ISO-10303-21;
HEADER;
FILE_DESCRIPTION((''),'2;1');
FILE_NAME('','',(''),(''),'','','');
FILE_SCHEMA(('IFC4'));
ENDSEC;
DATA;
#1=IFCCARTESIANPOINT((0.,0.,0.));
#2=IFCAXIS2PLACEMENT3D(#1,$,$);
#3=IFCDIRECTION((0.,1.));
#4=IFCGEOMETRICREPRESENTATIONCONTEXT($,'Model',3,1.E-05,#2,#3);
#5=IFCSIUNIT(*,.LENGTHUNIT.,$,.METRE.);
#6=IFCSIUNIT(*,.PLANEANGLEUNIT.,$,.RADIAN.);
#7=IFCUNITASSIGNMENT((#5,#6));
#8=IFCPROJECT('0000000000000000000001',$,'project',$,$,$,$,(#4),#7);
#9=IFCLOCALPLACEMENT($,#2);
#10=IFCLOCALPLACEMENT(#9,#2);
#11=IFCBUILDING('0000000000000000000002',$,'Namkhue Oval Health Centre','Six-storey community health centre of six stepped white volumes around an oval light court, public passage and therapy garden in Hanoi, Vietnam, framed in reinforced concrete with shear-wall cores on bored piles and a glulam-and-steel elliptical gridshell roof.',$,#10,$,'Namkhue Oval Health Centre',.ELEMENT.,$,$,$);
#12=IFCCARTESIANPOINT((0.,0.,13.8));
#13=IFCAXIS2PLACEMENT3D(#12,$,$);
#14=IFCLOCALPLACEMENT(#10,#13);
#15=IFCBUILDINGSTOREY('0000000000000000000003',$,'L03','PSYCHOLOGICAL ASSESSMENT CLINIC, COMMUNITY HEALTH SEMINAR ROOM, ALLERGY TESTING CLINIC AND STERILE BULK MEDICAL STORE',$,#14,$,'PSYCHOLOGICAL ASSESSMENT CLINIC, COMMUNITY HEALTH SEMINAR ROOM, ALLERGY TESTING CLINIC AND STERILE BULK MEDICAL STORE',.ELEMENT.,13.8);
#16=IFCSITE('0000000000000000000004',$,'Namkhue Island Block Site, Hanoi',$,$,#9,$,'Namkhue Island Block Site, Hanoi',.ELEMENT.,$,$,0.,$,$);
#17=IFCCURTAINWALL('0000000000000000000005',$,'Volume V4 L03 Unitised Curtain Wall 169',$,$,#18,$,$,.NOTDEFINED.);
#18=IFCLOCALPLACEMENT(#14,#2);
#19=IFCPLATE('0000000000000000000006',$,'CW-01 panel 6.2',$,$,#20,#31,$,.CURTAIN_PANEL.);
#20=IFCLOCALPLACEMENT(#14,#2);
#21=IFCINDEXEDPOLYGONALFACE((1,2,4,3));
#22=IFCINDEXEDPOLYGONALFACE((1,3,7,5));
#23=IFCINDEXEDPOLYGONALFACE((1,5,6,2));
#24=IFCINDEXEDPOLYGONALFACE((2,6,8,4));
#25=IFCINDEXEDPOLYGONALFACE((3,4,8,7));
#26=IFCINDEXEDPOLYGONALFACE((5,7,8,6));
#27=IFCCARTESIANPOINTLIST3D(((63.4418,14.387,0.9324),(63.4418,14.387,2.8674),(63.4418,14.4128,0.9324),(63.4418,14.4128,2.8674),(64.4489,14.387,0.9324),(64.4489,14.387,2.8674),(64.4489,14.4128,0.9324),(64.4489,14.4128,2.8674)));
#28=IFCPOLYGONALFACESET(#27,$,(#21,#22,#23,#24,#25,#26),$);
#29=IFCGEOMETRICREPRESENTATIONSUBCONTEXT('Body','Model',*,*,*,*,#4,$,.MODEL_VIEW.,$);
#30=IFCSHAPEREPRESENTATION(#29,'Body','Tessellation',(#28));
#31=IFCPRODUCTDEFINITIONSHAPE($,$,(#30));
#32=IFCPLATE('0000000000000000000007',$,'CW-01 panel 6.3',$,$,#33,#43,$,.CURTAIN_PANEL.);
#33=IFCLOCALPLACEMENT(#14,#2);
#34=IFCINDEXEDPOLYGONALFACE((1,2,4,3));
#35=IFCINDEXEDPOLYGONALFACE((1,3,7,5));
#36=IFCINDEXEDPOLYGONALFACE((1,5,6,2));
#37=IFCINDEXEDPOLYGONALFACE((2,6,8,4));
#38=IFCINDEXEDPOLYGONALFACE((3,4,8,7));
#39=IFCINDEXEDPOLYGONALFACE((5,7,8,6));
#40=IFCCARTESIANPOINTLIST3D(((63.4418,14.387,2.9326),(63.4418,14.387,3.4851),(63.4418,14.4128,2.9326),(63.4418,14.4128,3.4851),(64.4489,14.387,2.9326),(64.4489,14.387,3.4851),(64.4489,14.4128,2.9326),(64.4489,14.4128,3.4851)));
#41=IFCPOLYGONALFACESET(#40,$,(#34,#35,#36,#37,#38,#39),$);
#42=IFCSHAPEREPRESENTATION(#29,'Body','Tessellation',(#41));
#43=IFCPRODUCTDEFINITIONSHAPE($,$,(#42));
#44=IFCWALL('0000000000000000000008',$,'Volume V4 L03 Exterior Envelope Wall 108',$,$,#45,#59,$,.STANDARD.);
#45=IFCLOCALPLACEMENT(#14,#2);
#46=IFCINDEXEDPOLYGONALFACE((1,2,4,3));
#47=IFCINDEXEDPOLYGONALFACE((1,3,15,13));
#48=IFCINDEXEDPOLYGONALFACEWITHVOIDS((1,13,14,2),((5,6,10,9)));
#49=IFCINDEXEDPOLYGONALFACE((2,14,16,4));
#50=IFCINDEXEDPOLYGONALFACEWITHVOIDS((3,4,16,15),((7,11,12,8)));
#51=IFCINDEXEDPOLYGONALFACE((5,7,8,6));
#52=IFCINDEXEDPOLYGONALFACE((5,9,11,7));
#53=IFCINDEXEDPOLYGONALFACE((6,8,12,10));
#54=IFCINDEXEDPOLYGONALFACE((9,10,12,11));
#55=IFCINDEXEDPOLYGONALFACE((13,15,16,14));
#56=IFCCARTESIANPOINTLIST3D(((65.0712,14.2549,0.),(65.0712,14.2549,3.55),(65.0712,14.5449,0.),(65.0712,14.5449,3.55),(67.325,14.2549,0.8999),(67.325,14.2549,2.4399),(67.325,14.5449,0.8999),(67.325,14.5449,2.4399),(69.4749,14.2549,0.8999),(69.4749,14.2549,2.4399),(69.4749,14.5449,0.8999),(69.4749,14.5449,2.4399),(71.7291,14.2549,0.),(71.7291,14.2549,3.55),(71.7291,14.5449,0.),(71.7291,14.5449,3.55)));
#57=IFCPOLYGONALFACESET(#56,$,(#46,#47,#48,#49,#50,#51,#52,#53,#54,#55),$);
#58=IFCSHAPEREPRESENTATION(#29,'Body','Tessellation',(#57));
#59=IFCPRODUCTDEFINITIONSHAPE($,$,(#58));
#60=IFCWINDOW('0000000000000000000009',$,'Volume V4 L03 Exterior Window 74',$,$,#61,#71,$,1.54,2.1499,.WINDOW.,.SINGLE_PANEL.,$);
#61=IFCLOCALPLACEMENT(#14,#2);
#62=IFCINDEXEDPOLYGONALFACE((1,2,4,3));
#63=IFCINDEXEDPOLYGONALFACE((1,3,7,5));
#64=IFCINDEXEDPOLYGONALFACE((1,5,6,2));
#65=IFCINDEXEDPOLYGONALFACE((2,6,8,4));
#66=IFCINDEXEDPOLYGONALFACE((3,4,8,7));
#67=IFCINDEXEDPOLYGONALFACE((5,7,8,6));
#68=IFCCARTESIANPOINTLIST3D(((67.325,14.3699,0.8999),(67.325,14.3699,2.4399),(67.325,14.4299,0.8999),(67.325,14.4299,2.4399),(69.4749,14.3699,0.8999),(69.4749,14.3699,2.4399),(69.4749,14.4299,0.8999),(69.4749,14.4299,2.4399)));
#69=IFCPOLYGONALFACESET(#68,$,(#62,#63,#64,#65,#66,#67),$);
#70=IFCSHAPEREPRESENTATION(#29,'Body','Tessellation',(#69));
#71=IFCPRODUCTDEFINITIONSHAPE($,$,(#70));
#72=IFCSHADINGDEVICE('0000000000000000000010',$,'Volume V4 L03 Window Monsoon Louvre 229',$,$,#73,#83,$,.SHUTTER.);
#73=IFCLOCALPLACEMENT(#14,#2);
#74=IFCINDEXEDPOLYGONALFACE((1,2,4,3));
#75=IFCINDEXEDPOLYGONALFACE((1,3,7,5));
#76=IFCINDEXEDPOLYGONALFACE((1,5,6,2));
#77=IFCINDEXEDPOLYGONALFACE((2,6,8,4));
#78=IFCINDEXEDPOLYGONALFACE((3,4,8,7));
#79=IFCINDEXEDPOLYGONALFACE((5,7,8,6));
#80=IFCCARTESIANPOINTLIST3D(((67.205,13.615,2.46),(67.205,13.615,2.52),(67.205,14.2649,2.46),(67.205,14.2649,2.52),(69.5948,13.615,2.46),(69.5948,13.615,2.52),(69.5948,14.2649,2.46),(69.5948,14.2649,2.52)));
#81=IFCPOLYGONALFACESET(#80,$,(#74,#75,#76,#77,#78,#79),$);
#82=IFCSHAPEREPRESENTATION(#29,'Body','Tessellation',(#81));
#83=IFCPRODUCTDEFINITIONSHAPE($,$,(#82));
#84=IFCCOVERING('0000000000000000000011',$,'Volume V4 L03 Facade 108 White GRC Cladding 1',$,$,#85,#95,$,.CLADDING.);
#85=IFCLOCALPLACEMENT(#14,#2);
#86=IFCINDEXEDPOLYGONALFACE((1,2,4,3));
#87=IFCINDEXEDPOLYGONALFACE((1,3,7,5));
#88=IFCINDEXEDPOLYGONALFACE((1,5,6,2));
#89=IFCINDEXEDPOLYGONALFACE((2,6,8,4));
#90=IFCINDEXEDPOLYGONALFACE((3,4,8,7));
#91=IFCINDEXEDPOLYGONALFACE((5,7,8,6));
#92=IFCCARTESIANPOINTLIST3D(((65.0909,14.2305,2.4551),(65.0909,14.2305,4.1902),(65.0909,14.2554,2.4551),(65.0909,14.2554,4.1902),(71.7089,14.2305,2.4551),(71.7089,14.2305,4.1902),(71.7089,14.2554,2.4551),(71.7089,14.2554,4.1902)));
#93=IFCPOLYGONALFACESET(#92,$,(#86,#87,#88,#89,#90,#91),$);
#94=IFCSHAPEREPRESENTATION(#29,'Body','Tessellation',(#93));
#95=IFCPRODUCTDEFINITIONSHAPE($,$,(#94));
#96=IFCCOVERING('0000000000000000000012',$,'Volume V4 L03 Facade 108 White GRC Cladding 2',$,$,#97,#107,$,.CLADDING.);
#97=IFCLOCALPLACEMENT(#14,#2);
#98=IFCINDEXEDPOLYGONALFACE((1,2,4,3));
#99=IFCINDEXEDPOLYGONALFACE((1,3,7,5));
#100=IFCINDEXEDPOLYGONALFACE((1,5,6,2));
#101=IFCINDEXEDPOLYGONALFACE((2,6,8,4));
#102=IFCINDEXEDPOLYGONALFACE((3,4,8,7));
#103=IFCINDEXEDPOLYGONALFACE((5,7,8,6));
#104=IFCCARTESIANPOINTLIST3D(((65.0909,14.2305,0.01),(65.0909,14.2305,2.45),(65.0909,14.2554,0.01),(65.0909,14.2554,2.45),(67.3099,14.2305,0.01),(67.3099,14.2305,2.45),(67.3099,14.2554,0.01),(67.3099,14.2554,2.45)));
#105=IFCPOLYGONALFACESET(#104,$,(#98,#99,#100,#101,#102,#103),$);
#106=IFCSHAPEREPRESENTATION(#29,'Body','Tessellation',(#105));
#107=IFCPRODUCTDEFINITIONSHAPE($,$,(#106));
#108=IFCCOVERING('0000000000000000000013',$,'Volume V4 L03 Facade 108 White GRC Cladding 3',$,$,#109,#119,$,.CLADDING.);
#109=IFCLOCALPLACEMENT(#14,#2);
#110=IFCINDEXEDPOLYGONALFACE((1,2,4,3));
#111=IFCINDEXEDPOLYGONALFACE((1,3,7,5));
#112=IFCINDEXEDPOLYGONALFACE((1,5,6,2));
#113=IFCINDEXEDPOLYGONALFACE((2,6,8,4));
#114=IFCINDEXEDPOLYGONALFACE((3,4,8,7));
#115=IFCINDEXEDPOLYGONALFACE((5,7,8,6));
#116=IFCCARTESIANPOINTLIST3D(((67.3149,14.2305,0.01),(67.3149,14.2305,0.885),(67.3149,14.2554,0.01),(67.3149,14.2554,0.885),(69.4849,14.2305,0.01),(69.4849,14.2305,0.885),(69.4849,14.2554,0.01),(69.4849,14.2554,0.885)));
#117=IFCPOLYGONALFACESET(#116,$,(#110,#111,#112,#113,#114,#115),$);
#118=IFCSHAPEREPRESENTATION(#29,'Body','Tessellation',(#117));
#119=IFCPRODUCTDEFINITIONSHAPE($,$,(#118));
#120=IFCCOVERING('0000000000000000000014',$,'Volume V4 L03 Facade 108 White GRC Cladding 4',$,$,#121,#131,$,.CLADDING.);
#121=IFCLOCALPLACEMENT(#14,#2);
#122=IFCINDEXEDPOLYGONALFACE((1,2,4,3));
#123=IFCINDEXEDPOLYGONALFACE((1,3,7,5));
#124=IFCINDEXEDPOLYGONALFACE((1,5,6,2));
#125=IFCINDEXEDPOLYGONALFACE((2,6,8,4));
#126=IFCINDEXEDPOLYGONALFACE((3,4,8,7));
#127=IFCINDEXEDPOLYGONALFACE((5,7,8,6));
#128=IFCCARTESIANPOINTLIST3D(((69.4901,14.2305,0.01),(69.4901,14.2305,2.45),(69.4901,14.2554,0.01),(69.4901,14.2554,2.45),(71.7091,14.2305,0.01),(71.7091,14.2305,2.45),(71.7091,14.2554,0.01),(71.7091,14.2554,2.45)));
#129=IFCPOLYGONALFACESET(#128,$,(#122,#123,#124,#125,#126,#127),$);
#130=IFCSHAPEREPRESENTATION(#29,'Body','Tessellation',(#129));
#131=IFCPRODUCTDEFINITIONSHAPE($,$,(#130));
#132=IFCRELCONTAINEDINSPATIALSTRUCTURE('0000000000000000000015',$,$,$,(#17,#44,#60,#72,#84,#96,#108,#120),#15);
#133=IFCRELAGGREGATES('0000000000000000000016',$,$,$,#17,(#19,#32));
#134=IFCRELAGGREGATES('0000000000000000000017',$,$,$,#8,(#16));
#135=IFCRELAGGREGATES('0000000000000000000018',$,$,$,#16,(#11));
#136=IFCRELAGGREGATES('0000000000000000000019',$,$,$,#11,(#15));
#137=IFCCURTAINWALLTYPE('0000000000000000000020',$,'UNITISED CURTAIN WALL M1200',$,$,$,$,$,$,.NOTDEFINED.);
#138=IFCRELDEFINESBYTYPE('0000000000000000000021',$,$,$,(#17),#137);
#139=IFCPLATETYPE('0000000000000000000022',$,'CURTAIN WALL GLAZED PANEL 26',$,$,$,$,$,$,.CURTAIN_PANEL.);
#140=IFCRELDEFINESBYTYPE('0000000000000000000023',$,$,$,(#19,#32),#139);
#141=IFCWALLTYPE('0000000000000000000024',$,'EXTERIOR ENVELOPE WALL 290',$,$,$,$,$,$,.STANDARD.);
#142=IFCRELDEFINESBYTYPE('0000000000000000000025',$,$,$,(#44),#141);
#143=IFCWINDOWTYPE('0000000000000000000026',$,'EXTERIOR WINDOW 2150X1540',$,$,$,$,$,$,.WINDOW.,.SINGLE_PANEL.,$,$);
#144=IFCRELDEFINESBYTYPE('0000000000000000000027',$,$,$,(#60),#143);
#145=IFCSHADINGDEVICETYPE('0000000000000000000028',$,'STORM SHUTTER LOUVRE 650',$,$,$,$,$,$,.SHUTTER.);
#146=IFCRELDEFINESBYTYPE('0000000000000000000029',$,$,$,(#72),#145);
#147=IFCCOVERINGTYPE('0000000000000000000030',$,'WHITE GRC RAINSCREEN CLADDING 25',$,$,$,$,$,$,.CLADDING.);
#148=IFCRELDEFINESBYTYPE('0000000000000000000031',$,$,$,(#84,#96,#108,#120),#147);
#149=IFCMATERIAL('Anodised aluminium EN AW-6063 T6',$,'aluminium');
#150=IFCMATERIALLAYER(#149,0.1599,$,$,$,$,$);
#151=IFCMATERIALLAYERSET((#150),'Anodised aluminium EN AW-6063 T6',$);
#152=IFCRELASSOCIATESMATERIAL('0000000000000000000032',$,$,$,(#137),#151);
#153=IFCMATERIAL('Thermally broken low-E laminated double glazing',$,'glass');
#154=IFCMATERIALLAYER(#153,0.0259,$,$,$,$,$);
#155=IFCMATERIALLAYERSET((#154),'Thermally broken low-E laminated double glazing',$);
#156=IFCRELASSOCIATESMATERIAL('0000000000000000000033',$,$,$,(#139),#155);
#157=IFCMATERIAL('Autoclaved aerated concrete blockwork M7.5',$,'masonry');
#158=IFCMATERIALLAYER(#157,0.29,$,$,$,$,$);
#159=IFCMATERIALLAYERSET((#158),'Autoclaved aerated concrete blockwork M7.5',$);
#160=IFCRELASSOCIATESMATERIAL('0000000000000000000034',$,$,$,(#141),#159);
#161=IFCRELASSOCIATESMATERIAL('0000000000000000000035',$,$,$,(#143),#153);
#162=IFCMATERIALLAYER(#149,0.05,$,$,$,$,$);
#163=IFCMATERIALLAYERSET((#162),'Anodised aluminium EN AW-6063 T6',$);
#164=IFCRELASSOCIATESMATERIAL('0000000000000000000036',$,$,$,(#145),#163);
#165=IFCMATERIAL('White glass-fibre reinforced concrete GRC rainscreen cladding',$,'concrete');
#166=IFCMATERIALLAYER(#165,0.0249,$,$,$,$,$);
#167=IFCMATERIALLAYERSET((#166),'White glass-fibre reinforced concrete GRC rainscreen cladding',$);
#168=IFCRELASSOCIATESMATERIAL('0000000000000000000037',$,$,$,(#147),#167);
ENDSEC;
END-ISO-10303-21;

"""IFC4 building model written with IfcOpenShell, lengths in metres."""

from ifc_helpers import new_model, si_unit, direction, frame, frame_2d, origin, origin_2d, place, context, subcontext, project, spatial, rectangle, extrude, material, layer, layer_set, type_object, element, fill, aggregate, save


model = new_model("IFC4")

# Units and contexts
model_context = context("Model", 3, precision=1e-05, world=origin(), true_north=direction((0.0, 1.0)))
body_context = subcontext(model_context, "Body", "Model", "MODEL_VIEW")
ifc_project = project(units=[si_unit("LENGTHUNIT", "METRE"), si_unit("PLANEANGLEUNIT", "RADIAN")], contexts=[model_context])

# Site, building, storey
site_placement = place(None, origin())
site = spatial("IfcSite", under=ifc_project, at=site_placement, Name="Namkhue Island Block Site, Hanoi", LongName="Namkhue Island Block Site, Hanoi", CompositionType="ELEMENT", RefElevation=0.0)
building_placement = place(site_placement, origin())
building = spatial("IfcBuilding", under=site, at=building_placement, Name="Namkhue Oval Health Centre", Description="Six-storey community health centre of six stepped white volumes around an oval light court, public passage and therapy garden in Hanoi, Vietnam, framed in reinforced concrete with shear-wall cores on bored piles and a glulam-and-steel elliptical gridshell roof.", LongName="Namkhue Oval Health Centre", CompositionType="ELEMENT")
storey_placement = place(building_placement, frame((0.0, 0.0, 13.8)))
storey = spatial("IfcBuildingStorey", under=building, at=storey_placement, Name="L03", Description="PSYCHOLOGICAL ASSESSMENT CLINIC, COMMUNITY HEALTH SEMINAR ROOM, ALLERGY TESTING CLINIC AND STERILE BULK MEDICAL STORE", LongName="PSYCHOLOGICAL ASSESSMENT CLINIC, COMMUNITY HEALTH SEMINAR ROOM, ALLERGY TESTING CLINIC AND STERILE BULK MEDICAL STORE", CompositionType="ELEMENT", Elevation=13.8)

# Curtain wall
ifc_material_1 = material(Name="Anodised aluminium EN AW-6063 T6", Category="aluminium")
ifc_layer_1 = layer(ifc_material_1, 0.1599)
ifc_layer_set_1 = layer_set([ifc_layer_1], Name="Anodised aluminium EN AW-6063 T6")
curtain_wall_type = type_object("IfcCurtainWallType", Name="UNITISED CURTAIN WALL M1200", PredefinedType="NOTDEFINED", material=ifc_layer_set_1)
curtain_wall_placement = place(storey_placement, origin())
curtain_wall = element("IfcCurtainWall", 1, at=curtain_wall_placement, inside=storey, type_object=curtain_wall_type, Name="Volume V4 L03 Unitised Curtain Wall 169", PredefinedType="NOTDEFINED")

# Plates
ifc_material_2 = material(Name="Thermally broken low-E laminated double glazing", Category="glass")
ifc_layer_2 = layer(ifc_material_2, 0.0259)
ifc_layer_set_2 = layer_set([ifc_layer_2], Name="Thermally broken low-E laminated double glazing")
plate_type = type_object("IfcPlateType", Name="CURTAIN WALL GLAZED PANEL 26", PredefinedType="CURTAIN_PANEL", material=ifc_layer_set_2)
plate_1_placement = place(storey_placement, frame((63.9453, 14.3999, 0.9324), z_axis=(0.0, 0.0, 1.0), x_axis=(1.0, 0.0, 0.0)))
plate_1 = element("IfcPlate", 2, at=plate_1_placement, type_object=plate_type, Name="CW-01 panel 6.2", PredefinedType="CURTAIN_PANEL", context=body_context, shape_type="SweptSolid", body=[
    extrude(rectangle(XDim=1.0071, YDim=0.0259, at=origin_2d()), origin(), (0.0, 0.0, 1.0), 1.9351),
])
plate_2_placement = place(storey_placement, frame((63.9453, 14.3999, 2.9326), z_axis=(0.0, 0.0, 1.0), x_axis=(1.0, 0.0, 0.0)))
plate_2 = element("IfcPlate", 3, at=plate_2_placement, type_object=plate_type, Name="CW-01 panel 6.3", PredefinedType="CURTAIN_PANEL", context=body_context, shape_type="SweptSolid", body=[
    extrude(rectangle(XDim=1.0071, YDim=0.0259, at=origin_2d()), origin(), (0.0, 0.0, 1.0), 0.5525),
])
aggregate(curtain_wall, [plate_1, plate_2])

# Wall, opening, window
ifc_material_3 = material(Name="Autoclaved aerated concrete blockwork M7.5", Category="masonry")
ifc_layer_3 = layer(ifc_material_3, 0.29)
ifc_layer_set_3 = layer_set([ifc_layer_3], Name="Autoclaved aerated concrete blockwork M7.5")
wall_type = type_object("IfcWallType", Name="EXTERIOR ENVELOPE WALL 290", PredefinedType="STANDARD", material=ifc_layer_set_3)
wall_placement = place(storey_placement, frame((65.071, 14.3999, 0.0), z_axis=(0.0, 0.0, 1.0), x_axis=(1.0, 0.0, 0.0)))
wall = element("IfcWall", 4, at=wall_placement, inside=storey, type_object=wall_type, Name="Volume V4 L03 Exterior Envelope Wall 108", PredefinedType="STANDARD", context=body_context, shape_type="SweptSolid", body=[
    extrude(rectangle(XDim=6.658, YDim=0.29, at=frame_2d((3.3291, 0.0))), origin(), (0.0, 0.0, 1.0), 3.55),
])
opening_placement = place(wall_placement, frame((2.2539, 0.0, 0.8999)))
opening = element("IfcOpeningElement", 5, at=opening_placement, cuts=wall, PredefinedType="OPENING", context=body_context, shape_type="SweptSolid", body=[
    extrude(rectangle(XDim=2.1499, YDim=1.54, at=frame_2d((1.075, 0.77))), frame((0.0, 0.155, 0.0), z_axis=(0.0, -1.0, 0.0), x_axis=(1.0, 0.0, 0.0)), (0.0, 0.0, 1.0), 0.3101),
])
window_type = type_object("IfcWindowType", Name="EXTERIOR WINDOW 2150X1540", PartitioningType="SINGLE_PANEL", PredefinedType="WINDOW", material=ifc_material_2)
window_placement = place(opening_placement, origin())
window = element("IfcWindow", 6, at=window_placement, inside=storey, type_object=window_type, Name="Volume V4 L03 Exterior Window 74", OverallHeight=1.54, OverallWidth=2.1499, PartitioningType="SINGLE_PANEL", PredefinedType="WINDOW", context=body_context, shape_type="SweptSolid", body=[
    extrude(rectangle(XDim=2.1499, YDim=1.54, at=frame_2d((1.075, 0.77))), frame((0.0, 0.03, 0.0), z_axis=(0.0, -1.0, 0.0), x_axis=(1.0, 0.0, 0.0)), (0.0, 0.0, 1.0), 0.0601),
])
fill(opening, window)

# Shading device
ifc_layer_4 = layer(ifc_material_1, 0.05)
ifc_layer_set_4 = layer_set([ifc_layer_4], Name="Anodised aluminium EN AW-6063 T6")
shading_device_type = type_object("IfcShadingDeviceType", Name="STORM SHUTTER LOUVRE 650", PredefinedType="SHUTTER", material=ifc_layer_set_4)
shading_device_placement = place(storey_placement, frame((68.3999, 13.9399, 2.46), z_axis=(0.0, 0.0, 1.0), x_axis=(1.0, 0.0, 0.0)))
element("IfcShadingDevice", 7, at=shading_device_placement, inside=storey, type_object=shading_device_type, Name="Volume V4 L03 Window Monsoon Louvre 229", PredefinedType="SHUTTER", context=body_context, shape_type="SweptSolid", body=[
    extrude(rectangle(XDim=2.3899, YDim=0.6499, at=origin_2d()), origin(), (0.0, 0.0, 1.0), 0.0601),
])

# Coverings
ifc_material_4 = material(Name="White glass-fibre reinforced concrete GRC rainscreen cladding", Category="concrete")
ifc_layer_5 = layer(ifc_material_4, 0.0249)
ifc_layer_set_5 = layer_set([ifc_layer_5], Name="White glass-fibre reinforced concrete GRC rainscreen cladding")
covering_type = type_object("IfcCoveringType", Name="WHITE GRC RAINSCREEN CLADDING 25", PredefinedType="CLADDING", material=ifc_layer_set_5)
covering_1_placement = place(storey_placement, frame((68.3999, 14.2429, 2.4551), z_axis=(0.0, 0.0, 1.0), x_axis=(1.0, 0.0, 0.0)))
element("IfcCovering", 8, at=covering_1_placement, inside=storey, type_object=covering_type, Name="Volume V4 L03 Facade 108 White GRC Cladding 1", PredefinedType="CLADDING", context=body_context, shape_type="SweptSolid", body=[
    extrude(rectangle(XDim=6.6179, YDim=0.0249, at=origin_2d()), origin(), (0.0, 0.0, 1.0), 1.7351),
])
covering_2_placement = place(storey_placement, frame((66.2004, 14.2429, 0.01), z_axis=(0.0, 0.0, 1.0), x_axis=(1.0, 0.0, 0.0)))
element("IfcCovering", 9, at=covering_2_placement, inside=storey, type_object=covering_type, Name="Volume V4 L03 Facade 108 White GRC Cladding 2", PredefinedType="CLADDING", context=body_context, shape_type="SweptSolid", body=[
    extrude(rectangle(XDim=2.219, YDim=0.0249, at=origin_2d()), origin(), (0.0, 0.0, 1.0), 2.4399),
])
covering_3_placement = place(storey_placement, frame((68.3999, 14.2429, 0.01), z_axis=(0.0, 0.0, 1.0), x_axis=(1.0, 0.0, 0.0)))
element("IfcCovering", 10, at=covering_3_placement, inside=storey, type_object=covering_type, Name="Volume V4 L03 Facade 108 White GRC Cladding 3", PredefinedType="CLADDING", context=body_context, shape_type="SweptSolid", body=[
    extrude(rectangle(XDim=2.1699, YDim=0.0249, at=origin_2d()), origin(), (0.0, 0.0, 1.0), 0.875),
])
covering_4_placement = place(storey_placement, frame((70.5996, 14.2429, 0.01), z_axis=(0.0, 0.0, 1.0), x_axis=(1.0, 0.0, 0.0)))
element("IfcCovering", 11, at=covering_4_placement, inside=storey, type_object=covering_type, Name="Volume V4 L03 Facade 108 White GRC Cladding 4", PredefinedType="CLADDING", context=body_context, shape_type="SweptSolid", body=[
    extrude(rectangle(XDim=2.219, YDim=0.0249, at=origin_2d()), origin(), (0.0, 0.0, 1.0), 2.4399),
])

save(model, "model.ifc")
